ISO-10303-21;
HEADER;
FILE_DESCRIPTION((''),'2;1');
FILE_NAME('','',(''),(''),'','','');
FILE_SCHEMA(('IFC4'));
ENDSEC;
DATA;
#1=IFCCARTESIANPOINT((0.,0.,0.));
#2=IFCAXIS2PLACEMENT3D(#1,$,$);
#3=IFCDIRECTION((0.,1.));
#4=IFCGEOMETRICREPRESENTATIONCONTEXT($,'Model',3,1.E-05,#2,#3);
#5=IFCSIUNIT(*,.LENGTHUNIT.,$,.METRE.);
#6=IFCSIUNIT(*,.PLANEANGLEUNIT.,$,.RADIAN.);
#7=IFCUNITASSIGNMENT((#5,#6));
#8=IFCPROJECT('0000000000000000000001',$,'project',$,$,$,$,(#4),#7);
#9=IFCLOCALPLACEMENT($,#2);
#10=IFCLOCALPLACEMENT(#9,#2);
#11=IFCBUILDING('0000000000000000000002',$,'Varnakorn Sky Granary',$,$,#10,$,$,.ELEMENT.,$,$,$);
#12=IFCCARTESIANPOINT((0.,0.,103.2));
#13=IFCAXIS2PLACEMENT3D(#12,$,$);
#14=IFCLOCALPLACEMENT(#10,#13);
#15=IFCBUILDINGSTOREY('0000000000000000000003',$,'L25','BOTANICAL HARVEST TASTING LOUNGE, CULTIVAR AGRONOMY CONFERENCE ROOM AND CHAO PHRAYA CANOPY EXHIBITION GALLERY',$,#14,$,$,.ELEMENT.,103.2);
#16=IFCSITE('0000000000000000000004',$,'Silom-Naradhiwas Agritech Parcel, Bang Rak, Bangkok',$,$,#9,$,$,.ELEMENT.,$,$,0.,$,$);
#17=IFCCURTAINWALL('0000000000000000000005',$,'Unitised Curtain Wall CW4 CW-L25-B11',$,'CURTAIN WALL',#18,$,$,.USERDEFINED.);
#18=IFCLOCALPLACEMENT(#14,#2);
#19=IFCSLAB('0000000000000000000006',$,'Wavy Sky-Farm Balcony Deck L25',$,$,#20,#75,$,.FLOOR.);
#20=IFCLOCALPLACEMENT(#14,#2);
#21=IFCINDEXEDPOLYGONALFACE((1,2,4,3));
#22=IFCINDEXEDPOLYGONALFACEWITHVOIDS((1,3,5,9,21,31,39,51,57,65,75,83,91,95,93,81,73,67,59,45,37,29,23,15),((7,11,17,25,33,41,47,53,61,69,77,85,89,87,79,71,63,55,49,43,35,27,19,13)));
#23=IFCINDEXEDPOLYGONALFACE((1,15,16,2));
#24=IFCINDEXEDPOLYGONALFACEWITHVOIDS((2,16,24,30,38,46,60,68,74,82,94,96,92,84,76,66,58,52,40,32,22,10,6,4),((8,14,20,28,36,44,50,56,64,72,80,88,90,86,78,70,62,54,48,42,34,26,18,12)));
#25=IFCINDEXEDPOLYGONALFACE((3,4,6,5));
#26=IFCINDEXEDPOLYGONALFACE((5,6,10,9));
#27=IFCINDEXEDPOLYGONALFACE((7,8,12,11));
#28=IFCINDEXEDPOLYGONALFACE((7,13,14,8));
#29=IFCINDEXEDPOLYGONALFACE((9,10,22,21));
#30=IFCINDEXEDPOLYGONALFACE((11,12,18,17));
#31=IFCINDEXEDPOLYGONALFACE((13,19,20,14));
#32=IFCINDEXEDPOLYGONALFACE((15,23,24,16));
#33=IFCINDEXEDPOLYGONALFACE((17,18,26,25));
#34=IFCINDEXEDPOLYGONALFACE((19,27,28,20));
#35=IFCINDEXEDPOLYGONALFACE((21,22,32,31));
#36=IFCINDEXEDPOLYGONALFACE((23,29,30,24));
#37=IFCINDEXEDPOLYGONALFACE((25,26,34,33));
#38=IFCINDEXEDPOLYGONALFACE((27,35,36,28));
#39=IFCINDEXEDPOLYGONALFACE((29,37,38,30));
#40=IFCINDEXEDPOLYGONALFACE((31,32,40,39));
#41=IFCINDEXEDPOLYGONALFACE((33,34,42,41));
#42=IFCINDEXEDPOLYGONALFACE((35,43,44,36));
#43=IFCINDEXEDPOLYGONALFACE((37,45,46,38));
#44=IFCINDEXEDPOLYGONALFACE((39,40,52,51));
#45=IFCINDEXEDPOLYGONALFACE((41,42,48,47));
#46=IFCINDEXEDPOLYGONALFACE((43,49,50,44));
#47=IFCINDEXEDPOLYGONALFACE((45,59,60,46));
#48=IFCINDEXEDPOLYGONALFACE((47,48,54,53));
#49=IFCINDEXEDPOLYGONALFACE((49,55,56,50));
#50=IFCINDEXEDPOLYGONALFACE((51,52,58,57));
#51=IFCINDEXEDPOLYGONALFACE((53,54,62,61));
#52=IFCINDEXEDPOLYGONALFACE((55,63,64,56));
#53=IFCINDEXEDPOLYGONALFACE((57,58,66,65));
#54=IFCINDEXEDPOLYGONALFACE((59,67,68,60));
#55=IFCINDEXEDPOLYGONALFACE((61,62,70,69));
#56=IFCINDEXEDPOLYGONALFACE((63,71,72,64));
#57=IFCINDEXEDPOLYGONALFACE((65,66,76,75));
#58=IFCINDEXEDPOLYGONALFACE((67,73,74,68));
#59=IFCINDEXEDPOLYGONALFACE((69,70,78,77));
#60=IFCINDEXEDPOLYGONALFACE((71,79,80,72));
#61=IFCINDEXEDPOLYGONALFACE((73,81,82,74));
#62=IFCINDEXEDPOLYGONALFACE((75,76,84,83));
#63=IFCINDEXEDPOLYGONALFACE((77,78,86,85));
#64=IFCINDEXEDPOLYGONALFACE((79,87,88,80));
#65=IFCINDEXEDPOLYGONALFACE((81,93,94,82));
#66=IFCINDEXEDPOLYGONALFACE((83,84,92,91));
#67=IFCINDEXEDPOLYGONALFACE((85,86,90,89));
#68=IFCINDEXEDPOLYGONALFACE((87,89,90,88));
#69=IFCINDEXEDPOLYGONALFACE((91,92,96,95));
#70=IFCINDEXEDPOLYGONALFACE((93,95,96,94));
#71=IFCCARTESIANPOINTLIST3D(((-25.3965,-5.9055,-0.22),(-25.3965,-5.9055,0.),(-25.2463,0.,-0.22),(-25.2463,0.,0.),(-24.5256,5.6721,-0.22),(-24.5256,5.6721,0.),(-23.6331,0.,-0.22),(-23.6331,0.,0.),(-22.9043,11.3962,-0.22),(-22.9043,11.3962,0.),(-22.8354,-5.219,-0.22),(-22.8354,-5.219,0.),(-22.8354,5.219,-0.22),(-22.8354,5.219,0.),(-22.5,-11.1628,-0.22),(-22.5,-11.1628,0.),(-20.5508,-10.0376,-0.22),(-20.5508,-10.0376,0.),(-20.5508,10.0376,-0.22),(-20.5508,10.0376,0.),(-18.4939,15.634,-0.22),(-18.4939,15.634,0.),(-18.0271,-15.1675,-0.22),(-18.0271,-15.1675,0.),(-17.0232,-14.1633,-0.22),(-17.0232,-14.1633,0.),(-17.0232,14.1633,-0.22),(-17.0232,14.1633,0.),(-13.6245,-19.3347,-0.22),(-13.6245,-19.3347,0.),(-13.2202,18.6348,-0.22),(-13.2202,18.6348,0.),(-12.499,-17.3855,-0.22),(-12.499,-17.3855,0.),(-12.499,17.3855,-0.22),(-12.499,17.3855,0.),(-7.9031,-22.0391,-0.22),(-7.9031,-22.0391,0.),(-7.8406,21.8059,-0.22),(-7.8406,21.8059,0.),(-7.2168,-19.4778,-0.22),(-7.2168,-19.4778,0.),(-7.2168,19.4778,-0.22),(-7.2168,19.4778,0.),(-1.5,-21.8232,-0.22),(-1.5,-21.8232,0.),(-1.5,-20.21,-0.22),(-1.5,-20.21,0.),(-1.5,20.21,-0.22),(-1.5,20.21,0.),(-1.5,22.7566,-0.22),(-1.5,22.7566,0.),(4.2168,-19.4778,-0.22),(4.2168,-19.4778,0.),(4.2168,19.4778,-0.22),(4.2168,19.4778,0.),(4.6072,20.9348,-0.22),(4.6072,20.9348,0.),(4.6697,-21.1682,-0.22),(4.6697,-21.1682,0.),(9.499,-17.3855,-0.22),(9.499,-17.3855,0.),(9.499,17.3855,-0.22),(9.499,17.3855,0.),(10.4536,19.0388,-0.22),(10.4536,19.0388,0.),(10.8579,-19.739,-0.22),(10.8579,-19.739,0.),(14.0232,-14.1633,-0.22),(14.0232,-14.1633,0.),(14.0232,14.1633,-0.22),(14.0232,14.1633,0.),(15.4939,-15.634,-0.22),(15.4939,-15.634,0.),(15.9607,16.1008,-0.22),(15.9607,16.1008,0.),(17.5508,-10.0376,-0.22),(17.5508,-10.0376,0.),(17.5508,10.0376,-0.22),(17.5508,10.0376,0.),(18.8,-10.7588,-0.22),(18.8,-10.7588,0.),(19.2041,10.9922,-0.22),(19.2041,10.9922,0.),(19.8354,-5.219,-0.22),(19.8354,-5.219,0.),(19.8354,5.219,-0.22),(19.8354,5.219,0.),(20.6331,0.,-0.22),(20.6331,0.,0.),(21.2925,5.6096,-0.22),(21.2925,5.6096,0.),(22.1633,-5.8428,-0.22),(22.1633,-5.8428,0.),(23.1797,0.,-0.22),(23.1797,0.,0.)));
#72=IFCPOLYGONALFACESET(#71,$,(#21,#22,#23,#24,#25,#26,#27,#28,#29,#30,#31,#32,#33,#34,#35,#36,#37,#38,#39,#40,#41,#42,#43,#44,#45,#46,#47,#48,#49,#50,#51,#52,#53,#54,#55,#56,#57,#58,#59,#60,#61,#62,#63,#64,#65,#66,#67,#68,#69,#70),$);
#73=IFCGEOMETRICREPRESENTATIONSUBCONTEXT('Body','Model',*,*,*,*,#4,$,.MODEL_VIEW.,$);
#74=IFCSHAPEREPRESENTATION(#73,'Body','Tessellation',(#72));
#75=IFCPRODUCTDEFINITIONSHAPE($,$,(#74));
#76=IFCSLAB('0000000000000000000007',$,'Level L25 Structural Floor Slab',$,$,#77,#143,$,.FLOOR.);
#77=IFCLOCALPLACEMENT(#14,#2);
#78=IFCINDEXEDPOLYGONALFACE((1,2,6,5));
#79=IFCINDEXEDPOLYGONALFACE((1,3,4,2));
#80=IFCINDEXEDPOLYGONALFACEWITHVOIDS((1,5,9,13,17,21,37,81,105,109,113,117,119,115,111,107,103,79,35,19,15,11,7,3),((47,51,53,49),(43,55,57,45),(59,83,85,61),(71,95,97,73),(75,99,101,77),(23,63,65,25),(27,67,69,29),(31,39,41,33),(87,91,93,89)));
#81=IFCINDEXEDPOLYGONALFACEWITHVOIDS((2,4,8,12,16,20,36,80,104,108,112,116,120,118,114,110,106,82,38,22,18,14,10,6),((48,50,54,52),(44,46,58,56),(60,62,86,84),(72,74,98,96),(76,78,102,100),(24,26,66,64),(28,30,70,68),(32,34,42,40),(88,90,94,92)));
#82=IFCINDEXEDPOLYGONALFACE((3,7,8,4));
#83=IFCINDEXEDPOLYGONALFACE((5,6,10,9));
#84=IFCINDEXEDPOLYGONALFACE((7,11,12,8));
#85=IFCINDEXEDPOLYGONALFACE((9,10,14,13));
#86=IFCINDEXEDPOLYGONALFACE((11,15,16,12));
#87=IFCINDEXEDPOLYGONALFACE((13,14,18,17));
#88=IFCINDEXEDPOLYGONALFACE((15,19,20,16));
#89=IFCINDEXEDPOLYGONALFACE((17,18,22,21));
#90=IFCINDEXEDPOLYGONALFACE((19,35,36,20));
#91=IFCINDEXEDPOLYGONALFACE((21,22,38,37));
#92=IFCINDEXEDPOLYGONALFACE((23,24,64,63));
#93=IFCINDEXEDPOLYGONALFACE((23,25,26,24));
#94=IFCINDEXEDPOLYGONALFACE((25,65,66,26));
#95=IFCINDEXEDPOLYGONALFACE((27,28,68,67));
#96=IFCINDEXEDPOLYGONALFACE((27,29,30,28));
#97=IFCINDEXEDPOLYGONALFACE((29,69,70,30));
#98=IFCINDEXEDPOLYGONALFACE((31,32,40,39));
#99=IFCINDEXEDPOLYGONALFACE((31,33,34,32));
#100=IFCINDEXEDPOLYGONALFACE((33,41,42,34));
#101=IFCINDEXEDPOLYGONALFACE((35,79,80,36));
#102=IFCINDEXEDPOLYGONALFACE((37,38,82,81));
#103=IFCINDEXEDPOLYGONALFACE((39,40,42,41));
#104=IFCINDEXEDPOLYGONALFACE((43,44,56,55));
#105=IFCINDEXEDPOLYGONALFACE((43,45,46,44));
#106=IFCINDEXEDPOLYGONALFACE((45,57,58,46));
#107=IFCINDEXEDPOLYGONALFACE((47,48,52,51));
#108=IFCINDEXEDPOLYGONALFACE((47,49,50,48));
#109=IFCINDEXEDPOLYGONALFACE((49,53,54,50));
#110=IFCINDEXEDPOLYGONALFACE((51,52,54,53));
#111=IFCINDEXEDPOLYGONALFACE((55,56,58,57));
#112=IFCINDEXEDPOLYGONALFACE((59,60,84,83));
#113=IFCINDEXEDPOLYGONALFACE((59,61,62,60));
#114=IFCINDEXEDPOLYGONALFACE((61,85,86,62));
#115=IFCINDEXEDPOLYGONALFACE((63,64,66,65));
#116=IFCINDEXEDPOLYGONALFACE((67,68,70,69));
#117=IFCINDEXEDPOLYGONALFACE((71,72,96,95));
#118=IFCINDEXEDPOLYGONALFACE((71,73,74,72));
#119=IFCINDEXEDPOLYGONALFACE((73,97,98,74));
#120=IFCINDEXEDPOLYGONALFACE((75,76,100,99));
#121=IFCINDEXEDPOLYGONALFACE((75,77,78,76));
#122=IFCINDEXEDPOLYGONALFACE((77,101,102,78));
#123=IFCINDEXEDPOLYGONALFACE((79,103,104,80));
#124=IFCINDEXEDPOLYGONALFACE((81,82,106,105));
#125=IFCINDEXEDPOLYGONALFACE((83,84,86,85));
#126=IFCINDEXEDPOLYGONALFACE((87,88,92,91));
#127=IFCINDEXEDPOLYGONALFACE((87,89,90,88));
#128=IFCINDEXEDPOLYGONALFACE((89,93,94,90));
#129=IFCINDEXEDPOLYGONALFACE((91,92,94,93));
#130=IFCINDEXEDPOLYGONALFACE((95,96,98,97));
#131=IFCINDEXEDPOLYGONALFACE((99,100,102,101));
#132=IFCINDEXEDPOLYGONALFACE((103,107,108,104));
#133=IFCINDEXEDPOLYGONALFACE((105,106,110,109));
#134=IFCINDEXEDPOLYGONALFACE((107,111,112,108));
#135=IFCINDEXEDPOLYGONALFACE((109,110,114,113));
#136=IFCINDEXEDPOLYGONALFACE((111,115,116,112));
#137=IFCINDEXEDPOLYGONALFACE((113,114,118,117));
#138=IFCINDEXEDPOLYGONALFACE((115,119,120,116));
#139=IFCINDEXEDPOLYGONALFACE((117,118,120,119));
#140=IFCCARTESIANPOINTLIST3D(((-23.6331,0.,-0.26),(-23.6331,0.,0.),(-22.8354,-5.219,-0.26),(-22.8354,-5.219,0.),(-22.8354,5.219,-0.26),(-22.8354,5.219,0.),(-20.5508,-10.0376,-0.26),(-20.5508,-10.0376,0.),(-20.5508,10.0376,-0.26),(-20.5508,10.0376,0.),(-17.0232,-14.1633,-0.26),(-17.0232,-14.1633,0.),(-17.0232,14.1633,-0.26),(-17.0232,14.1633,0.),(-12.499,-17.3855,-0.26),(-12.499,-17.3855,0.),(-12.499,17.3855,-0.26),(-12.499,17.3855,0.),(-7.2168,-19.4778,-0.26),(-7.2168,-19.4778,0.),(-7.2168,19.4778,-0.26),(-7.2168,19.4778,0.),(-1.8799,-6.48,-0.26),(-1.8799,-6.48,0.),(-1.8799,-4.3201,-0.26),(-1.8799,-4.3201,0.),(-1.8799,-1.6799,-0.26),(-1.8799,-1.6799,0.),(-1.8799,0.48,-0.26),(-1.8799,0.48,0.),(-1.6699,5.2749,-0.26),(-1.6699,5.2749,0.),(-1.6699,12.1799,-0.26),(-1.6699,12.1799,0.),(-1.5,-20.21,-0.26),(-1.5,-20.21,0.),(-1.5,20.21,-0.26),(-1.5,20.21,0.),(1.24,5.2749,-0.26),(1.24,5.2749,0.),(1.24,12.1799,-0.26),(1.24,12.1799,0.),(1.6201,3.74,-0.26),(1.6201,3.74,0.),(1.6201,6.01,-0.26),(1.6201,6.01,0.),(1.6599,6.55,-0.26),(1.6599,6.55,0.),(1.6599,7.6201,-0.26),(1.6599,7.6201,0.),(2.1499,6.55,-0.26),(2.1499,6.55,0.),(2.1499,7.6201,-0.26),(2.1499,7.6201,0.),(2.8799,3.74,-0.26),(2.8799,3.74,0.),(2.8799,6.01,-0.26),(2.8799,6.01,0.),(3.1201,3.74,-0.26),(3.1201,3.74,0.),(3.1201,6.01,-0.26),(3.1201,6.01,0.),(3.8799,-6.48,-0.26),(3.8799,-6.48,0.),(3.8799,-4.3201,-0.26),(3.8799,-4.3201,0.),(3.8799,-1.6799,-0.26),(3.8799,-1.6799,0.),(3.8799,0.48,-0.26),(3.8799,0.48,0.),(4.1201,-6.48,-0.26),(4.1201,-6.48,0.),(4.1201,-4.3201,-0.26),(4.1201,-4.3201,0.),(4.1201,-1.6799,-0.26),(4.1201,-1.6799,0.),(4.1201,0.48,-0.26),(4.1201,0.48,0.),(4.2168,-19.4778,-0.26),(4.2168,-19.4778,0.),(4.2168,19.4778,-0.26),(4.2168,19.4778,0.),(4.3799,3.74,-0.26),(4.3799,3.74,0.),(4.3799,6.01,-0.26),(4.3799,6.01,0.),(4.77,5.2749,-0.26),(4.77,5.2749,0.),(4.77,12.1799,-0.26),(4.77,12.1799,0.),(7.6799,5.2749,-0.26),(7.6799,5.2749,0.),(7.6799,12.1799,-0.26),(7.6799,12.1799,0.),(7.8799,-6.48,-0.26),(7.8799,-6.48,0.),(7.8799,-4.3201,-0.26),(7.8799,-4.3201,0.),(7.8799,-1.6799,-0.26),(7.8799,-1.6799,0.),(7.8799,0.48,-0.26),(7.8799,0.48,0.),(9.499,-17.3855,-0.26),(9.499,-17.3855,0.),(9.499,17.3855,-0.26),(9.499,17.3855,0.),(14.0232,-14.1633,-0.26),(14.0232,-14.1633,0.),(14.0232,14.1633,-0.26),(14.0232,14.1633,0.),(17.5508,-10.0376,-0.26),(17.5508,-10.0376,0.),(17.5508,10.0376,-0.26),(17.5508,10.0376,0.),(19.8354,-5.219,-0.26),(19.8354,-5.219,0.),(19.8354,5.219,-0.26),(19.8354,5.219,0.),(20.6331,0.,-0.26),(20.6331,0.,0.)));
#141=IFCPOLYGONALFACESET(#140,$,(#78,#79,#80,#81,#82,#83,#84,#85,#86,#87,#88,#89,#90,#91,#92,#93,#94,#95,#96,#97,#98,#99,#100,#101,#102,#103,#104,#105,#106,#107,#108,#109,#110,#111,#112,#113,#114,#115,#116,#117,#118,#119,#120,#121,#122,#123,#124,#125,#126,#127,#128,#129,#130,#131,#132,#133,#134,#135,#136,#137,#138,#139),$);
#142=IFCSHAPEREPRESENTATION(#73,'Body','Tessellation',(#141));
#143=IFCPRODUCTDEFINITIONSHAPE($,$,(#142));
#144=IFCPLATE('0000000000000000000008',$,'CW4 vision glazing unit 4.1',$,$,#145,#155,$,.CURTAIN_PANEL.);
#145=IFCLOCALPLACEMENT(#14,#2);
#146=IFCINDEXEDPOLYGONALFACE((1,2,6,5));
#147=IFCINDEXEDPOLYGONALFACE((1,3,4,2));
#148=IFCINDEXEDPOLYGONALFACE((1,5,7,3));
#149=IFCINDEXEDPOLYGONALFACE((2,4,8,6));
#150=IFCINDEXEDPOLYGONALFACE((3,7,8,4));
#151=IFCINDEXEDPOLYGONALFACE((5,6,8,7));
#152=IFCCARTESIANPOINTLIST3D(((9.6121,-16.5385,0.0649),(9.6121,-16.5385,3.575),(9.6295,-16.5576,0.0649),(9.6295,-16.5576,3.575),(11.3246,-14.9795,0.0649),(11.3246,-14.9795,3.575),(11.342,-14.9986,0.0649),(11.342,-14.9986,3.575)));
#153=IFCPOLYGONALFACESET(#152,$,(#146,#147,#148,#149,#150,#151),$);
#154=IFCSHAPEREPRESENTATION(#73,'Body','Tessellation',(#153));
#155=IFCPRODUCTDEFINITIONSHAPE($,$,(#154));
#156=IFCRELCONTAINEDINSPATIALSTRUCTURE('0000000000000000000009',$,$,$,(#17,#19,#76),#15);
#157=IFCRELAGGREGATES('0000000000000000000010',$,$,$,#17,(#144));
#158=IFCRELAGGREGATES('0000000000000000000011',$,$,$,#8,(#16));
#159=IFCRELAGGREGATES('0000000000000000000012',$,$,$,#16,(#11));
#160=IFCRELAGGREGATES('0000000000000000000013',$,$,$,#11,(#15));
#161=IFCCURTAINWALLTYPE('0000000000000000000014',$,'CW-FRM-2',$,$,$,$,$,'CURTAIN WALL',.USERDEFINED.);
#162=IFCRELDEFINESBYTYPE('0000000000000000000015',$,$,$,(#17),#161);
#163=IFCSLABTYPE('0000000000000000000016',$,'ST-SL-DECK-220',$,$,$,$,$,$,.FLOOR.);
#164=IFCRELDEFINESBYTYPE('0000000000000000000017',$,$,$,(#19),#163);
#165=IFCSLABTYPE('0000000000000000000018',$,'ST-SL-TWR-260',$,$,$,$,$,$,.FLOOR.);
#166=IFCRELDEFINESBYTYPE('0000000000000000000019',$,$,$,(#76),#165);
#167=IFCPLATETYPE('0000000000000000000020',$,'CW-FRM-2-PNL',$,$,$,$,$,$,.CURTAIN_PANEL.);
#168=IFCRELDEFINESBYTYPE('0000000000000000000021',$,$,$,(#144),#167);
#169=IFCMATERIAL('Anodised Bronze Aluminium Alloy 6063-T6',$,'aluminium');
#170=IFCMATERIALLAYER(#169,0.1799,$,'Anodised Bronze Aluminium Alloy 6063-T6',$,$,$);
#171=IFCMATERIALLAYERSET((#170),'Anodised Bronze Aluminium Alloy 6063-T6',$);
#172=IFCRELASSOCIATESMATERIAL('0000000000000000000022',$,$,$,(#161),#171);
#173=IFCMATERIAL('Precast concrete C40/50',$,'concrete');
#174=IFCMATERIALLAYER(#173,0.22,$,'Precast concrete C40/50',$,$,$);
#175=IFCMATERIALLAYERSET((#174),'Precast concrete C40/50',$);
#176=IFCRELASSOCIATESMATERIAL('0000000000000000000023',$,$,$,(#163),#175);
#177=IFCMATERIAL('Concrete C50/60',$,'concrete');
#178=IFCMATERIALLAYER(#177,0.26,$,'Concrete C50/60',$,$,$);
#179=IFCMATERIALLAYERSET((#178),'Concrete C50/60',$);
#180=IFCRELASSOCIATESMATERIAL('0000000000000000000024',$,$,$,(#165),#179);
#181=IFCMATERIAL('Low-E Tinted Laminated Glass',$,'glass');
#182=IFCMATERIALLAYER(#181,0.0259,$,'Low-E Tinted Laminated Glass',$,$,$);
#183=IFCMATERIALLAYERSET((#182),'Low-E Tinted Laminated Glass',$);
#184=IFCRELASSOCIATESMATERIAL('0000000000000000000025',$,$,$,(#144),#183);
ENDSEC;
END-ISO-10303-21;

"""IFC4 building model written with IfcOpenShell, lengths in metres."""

from ifc_helpers import new_model, si_unit, direction, frame, origin, origin_2d, place, context, subcontext, project, spatial, polyline, rectangle, outline, extrude, source, transform, mapped, material, layer, layer_set, type_object, type_shapes, element, aggregate, save


model = new_model("IFC4")

# Units and contexts
model_context = context("Model", 3, precision=1e-05, world=origin(), true_north=direction((0.0, 1.0)))
body_context = subcontext(model_context, "Body", "Model", "MODEL_VIEW")
ifc_project = project(units=[si_unit("LENGTHUNIT", "METRE"), si_unit("PLANEANGLEUNIT", "RADIAN")], contexts=[model_context])

# Site, building, storey
site_placement = place(None, origin())
site = spatial("IfcSite", under=ifc_project, at=site_placement, Name="Silom-Naradhiwas Agritech Parcel, Bang Rak, Bangkok", CompositionType="ELEMENT", RefElevation=0.0)
building_placement = place(site_placement, origin())
building = spatial("IfcBuilding", under=site, at=building_placement, Name="Varnakorn Sky Granary", CompositionType="ELEMENT")
storey_placement = place(building_placement, frame((0.0, 0.0, 103.2)))
storey = spatial("IfcBuildingStorey", under=building, at=storey_placement, Name="L25", Description="BOTANICAL HARVEST TASTING LOUNGE, CULTIVAR AGRONOMY CONFERENCE ROOM AND CHAO PHRAYA CANOPY EXHIBITION GALLERY", CompositionType="ELEMENT", Elevation=103.2)

# Curtain wall
ifc_material_1 = material(Name="Anodised Bronze Aluminium Alloy 6063-T6", Category="aluminium")
ifc_layer_1 = layer(ifc_material_1, 0.1799, Name="Anodised Bronze Aluminium Alloy 6063-T6")
ifc_layer_set_1 = layer_set([ifc_layer_1], Name="Anodised Bronze Aluminium Alloy 6063-T6")
curtain_wall_type = type_object("IfcCurtainWallType", Name="CW-FRM-2", ElementType="CURTAIN WALL", PredefinedType="USERDEFINED", material=ifc_layer_set_1)
curtain_wall_placement = place(storey_placement, origin())
curtain_wall = element("IfcCurtainWall", 1, at=curtain_wall_placement, inside=storey, type_object=curtain_wall_type, Name="Unitised Curtain Wall CW4 CW-L25-B11", ObjectType="CURTAIN WALL", PredefinedType="USERDEFINED")

# Slabs
ifc_material_2 = material(Name="Precast concrete C40/50", Category="concrete")
ifc_layer_2 = layer(ifc_material_2, 0.22, Name="Precast concrete C40/50")
ifc_layer_set_2 = layer_set([ifc_layer_2], Name="Precast concrete C40/50")
slab_type_1 = type_object("IfcSlabType", Name="ST-SL-DECK-220", PredefinedType="FLOOR", material=ifc_layer_set_2)
slab_1_placement = place(storey_placement, frame((0.0, 0.0, -0.22)))
element("IfcSlab", 2, at=slab_1_placement, inside=storey, type_object=slab_type_1, Name="Wavy Sky-Farm Balcony Deck L25", PredefinedType="FLOOR", context=body_context, shape_type="SweptSolid", body=[
    extrude(outline(polyline([(23.1797, 0.0), (21.2925, 5.6096), (19.2041, 10.9922), (15.9607, 16.1008), (10.4536, 19.0388), (4.6072, 20.9348), (-1.5, 22.7566), (-7.8406, 21.8059), (-13.2202, 18.6348), (-18.4939, 15.634), (-22.9043, 11.3962), (-24.5256, 5.6721), (-25.2463, 0.0), (-25.3965, -5.9055), (-22.5, -11.1628), (-18.0271, -15.1675), (-13.6245, -19.3347), (-7.9031, -22.0391), (-1.5, -21.8232), (4.6697, -21.1682), (10.8579, -19.739), (15.4939, -15.634), (18.8, -10.7588), (22.1633, -5.8428), (23.1797, 0.0)]), holes=[polyline([(20.6331, 0.0), (19.8354, 5.219), (17.5508, 10.0376), (14.0232, 14.1633), (9.499, 17.3855), (4.2168, 19.4778), (-1.5, 20.21), (-7.2168, 19.4778), (-12.499, 17.3855), (-17.0232, 14.1633), (-20.5508, 10.0376), (-22.8354, 5.219), (-23.6331, 0.0), (-22.8354, -5.219), (-20.5508, -10.0376), (-17.0232, -14.1633), (-12.499, -17.3855), (-7.2168, -19.4778), (-1.5, -20.21), (4.2168, -19.4778), (9.499, -17.3855), (14.0232, -14.1633), (17.5508, -10.0376), (19.8354, -5.219), (20.6331, 0.0)])]), origin(), (0.0, 0.0, 1.0), 0.22),
])
ifc_material_3 = material(Name="Concrete C50/60", Category="concrete")
ifc_layer_3 = layer(ifc_material_3, 0.26, Name="Concrete C50/60")
ifc_layer_set_3 = layer_set([ifc_layer_3], Name="Concrete C50/60")
slab_type_2 = type_object("IfcSlabType", Name="ST-SL-TWR-260", PredefinedType="FLOOR", material=ifc_layer_set_3)
slab_2_placement = place(storey_placement, frame((0.0, 0.0, -0.26)))
element("IfcSlab", 3, at=slab_2_placement, inside=storey, type_object=slab_type_2, Name="Level L25 Structural Floor Slab", PredefinedType="FLOOR", context=body_context, shape_type="SweptSolid", body=[
    extrude(outline(polyline([(20.6331, 0.0), (19.8354, 5.219), (17.5508, 10.0376), (14.0232, 14.1633), (9.499, 17.3855), (4.2168, 19.4778), (-1.5, 20.21), (-7.2168, 19.4778), (-12.499, 17.3855), (-17.0232, 14.1633), (-20.5508, 10.0376), (-22.8354, 5.219), (-23.6331, 0.0), (-22.8354, -5.219), (-20.5508, -10.0376), (-17.0232, -14.1633), (-12.499, -17.3855), (-7.2168, -19.4778), (-1.5, -20.21), (4.2168, -19.4778), (9.499, -17.3855), (14.0232, -14.1633), (17.5508, -10.0376), (19.8354, -5.219), (20.6331, 0.0)]), holes=[polyline([(1.24, 5.2749), (1.24, 12.1799), (-1.6699, 12.1799), (-1.6699, 5.2749), (1.24, 5.2749)]), polyline([(7.6799, 5.2749), (7.6799, 12.1799), (4.77, 12.1799), (4.77, 5.2749), (7.6799, 5.2749)]), polyline([(1.6599, 6.55), (2.1499, 6.55), (2.1499, 7.6201), (1.6599, 7.6201), (1.6599, 6.55)]), polyline([(1.6201, 3.74), (2.8799, 3.74), (2.8799, 6.01), (1.6201, 6.01), (1.6201, 3.74)]), polyline([(3.1201, 3.74), (4.3799, 3.74), (4.3799, 6.01), (3.1201, 6.01), (3.1201, 3.74)]), polyline([(-1.8799, -1.6799), (3.8799, -1.6799), (3.8799, 0.48), (-1.8799, 0.48), (-1.8799, -1.6799)]), polyline([(4.1201, -1.6799), (7.8799, -1.6799), (7.8799, 0.48), (4.1201, 0.48), (4.1201, -1.6799)]), polyline([(-1.8799, -6.48), (3.8799, -6.48), (3.8799, -4.3201), (-1.8799, -4.3201), (-1.8799, -6.48)]), polyline([(4.1201, -6.48), (7.8799, -6.48), (7.8799, -4.3201), (4.1201, -4.3201), (4.1201, -6.48)])]), origin(), (0.0, 0.0, 1.0), 0.26),
])

# Plate
ifc_material_4 = material(Name="Low-E Tinted Laminated Glass", Category="glass")
ifc_layer_4 = layer(ifc_material_4, 0.0259, Name="Low-E Tinted Laminated Glass")
ifc_layer_set_4 = layer_set([ifc_layer_4], Name="Low-E Tinted Laminated Glass")
plate_type = type_object("IfcPlateType", Name="CW-FRM-2-PNL", PredefinedType="CURTAIN_PANEL")
shared_shape = source(origin(), body_context, "Body", "SweptSolid", [
    extrude(rectangle(XDim=2.3159, YDim=0.0259, at=origin_2d()), origin(), (0.0, 0.0, 1.0), 3.51),
])
type_shapes(plate_type, [shared_shape])
plate_placement = place(storey_placement, frame((10.4771, -15.7686, 0.0649), z_axis=(0.0, 0.0, 1.0), x_axis=(-0.739474, -0.673185, 0.0)))
plate = element("IfcPlate", 4, at=plate_placement, type_object=plate_type, material=ifc_layer_set_4, Name="CW4 vision glazing unit 4.1", PredefinedType="CURTAIN_PANEL", context=body_context, shape_type="MappedRepresentation", body=[
    mapped(shared_shape, transform((0.0, 0.0, 0.0), x_axis=(1.0, 0.0, 0.0), y_axis=(0.0, 1.0, 0.0), z_axis=(0.0, 0.0, 1.0), scale=1.0)),
])
aggregate(curtain_wall, [plate])

save(model, "model.ifc")
